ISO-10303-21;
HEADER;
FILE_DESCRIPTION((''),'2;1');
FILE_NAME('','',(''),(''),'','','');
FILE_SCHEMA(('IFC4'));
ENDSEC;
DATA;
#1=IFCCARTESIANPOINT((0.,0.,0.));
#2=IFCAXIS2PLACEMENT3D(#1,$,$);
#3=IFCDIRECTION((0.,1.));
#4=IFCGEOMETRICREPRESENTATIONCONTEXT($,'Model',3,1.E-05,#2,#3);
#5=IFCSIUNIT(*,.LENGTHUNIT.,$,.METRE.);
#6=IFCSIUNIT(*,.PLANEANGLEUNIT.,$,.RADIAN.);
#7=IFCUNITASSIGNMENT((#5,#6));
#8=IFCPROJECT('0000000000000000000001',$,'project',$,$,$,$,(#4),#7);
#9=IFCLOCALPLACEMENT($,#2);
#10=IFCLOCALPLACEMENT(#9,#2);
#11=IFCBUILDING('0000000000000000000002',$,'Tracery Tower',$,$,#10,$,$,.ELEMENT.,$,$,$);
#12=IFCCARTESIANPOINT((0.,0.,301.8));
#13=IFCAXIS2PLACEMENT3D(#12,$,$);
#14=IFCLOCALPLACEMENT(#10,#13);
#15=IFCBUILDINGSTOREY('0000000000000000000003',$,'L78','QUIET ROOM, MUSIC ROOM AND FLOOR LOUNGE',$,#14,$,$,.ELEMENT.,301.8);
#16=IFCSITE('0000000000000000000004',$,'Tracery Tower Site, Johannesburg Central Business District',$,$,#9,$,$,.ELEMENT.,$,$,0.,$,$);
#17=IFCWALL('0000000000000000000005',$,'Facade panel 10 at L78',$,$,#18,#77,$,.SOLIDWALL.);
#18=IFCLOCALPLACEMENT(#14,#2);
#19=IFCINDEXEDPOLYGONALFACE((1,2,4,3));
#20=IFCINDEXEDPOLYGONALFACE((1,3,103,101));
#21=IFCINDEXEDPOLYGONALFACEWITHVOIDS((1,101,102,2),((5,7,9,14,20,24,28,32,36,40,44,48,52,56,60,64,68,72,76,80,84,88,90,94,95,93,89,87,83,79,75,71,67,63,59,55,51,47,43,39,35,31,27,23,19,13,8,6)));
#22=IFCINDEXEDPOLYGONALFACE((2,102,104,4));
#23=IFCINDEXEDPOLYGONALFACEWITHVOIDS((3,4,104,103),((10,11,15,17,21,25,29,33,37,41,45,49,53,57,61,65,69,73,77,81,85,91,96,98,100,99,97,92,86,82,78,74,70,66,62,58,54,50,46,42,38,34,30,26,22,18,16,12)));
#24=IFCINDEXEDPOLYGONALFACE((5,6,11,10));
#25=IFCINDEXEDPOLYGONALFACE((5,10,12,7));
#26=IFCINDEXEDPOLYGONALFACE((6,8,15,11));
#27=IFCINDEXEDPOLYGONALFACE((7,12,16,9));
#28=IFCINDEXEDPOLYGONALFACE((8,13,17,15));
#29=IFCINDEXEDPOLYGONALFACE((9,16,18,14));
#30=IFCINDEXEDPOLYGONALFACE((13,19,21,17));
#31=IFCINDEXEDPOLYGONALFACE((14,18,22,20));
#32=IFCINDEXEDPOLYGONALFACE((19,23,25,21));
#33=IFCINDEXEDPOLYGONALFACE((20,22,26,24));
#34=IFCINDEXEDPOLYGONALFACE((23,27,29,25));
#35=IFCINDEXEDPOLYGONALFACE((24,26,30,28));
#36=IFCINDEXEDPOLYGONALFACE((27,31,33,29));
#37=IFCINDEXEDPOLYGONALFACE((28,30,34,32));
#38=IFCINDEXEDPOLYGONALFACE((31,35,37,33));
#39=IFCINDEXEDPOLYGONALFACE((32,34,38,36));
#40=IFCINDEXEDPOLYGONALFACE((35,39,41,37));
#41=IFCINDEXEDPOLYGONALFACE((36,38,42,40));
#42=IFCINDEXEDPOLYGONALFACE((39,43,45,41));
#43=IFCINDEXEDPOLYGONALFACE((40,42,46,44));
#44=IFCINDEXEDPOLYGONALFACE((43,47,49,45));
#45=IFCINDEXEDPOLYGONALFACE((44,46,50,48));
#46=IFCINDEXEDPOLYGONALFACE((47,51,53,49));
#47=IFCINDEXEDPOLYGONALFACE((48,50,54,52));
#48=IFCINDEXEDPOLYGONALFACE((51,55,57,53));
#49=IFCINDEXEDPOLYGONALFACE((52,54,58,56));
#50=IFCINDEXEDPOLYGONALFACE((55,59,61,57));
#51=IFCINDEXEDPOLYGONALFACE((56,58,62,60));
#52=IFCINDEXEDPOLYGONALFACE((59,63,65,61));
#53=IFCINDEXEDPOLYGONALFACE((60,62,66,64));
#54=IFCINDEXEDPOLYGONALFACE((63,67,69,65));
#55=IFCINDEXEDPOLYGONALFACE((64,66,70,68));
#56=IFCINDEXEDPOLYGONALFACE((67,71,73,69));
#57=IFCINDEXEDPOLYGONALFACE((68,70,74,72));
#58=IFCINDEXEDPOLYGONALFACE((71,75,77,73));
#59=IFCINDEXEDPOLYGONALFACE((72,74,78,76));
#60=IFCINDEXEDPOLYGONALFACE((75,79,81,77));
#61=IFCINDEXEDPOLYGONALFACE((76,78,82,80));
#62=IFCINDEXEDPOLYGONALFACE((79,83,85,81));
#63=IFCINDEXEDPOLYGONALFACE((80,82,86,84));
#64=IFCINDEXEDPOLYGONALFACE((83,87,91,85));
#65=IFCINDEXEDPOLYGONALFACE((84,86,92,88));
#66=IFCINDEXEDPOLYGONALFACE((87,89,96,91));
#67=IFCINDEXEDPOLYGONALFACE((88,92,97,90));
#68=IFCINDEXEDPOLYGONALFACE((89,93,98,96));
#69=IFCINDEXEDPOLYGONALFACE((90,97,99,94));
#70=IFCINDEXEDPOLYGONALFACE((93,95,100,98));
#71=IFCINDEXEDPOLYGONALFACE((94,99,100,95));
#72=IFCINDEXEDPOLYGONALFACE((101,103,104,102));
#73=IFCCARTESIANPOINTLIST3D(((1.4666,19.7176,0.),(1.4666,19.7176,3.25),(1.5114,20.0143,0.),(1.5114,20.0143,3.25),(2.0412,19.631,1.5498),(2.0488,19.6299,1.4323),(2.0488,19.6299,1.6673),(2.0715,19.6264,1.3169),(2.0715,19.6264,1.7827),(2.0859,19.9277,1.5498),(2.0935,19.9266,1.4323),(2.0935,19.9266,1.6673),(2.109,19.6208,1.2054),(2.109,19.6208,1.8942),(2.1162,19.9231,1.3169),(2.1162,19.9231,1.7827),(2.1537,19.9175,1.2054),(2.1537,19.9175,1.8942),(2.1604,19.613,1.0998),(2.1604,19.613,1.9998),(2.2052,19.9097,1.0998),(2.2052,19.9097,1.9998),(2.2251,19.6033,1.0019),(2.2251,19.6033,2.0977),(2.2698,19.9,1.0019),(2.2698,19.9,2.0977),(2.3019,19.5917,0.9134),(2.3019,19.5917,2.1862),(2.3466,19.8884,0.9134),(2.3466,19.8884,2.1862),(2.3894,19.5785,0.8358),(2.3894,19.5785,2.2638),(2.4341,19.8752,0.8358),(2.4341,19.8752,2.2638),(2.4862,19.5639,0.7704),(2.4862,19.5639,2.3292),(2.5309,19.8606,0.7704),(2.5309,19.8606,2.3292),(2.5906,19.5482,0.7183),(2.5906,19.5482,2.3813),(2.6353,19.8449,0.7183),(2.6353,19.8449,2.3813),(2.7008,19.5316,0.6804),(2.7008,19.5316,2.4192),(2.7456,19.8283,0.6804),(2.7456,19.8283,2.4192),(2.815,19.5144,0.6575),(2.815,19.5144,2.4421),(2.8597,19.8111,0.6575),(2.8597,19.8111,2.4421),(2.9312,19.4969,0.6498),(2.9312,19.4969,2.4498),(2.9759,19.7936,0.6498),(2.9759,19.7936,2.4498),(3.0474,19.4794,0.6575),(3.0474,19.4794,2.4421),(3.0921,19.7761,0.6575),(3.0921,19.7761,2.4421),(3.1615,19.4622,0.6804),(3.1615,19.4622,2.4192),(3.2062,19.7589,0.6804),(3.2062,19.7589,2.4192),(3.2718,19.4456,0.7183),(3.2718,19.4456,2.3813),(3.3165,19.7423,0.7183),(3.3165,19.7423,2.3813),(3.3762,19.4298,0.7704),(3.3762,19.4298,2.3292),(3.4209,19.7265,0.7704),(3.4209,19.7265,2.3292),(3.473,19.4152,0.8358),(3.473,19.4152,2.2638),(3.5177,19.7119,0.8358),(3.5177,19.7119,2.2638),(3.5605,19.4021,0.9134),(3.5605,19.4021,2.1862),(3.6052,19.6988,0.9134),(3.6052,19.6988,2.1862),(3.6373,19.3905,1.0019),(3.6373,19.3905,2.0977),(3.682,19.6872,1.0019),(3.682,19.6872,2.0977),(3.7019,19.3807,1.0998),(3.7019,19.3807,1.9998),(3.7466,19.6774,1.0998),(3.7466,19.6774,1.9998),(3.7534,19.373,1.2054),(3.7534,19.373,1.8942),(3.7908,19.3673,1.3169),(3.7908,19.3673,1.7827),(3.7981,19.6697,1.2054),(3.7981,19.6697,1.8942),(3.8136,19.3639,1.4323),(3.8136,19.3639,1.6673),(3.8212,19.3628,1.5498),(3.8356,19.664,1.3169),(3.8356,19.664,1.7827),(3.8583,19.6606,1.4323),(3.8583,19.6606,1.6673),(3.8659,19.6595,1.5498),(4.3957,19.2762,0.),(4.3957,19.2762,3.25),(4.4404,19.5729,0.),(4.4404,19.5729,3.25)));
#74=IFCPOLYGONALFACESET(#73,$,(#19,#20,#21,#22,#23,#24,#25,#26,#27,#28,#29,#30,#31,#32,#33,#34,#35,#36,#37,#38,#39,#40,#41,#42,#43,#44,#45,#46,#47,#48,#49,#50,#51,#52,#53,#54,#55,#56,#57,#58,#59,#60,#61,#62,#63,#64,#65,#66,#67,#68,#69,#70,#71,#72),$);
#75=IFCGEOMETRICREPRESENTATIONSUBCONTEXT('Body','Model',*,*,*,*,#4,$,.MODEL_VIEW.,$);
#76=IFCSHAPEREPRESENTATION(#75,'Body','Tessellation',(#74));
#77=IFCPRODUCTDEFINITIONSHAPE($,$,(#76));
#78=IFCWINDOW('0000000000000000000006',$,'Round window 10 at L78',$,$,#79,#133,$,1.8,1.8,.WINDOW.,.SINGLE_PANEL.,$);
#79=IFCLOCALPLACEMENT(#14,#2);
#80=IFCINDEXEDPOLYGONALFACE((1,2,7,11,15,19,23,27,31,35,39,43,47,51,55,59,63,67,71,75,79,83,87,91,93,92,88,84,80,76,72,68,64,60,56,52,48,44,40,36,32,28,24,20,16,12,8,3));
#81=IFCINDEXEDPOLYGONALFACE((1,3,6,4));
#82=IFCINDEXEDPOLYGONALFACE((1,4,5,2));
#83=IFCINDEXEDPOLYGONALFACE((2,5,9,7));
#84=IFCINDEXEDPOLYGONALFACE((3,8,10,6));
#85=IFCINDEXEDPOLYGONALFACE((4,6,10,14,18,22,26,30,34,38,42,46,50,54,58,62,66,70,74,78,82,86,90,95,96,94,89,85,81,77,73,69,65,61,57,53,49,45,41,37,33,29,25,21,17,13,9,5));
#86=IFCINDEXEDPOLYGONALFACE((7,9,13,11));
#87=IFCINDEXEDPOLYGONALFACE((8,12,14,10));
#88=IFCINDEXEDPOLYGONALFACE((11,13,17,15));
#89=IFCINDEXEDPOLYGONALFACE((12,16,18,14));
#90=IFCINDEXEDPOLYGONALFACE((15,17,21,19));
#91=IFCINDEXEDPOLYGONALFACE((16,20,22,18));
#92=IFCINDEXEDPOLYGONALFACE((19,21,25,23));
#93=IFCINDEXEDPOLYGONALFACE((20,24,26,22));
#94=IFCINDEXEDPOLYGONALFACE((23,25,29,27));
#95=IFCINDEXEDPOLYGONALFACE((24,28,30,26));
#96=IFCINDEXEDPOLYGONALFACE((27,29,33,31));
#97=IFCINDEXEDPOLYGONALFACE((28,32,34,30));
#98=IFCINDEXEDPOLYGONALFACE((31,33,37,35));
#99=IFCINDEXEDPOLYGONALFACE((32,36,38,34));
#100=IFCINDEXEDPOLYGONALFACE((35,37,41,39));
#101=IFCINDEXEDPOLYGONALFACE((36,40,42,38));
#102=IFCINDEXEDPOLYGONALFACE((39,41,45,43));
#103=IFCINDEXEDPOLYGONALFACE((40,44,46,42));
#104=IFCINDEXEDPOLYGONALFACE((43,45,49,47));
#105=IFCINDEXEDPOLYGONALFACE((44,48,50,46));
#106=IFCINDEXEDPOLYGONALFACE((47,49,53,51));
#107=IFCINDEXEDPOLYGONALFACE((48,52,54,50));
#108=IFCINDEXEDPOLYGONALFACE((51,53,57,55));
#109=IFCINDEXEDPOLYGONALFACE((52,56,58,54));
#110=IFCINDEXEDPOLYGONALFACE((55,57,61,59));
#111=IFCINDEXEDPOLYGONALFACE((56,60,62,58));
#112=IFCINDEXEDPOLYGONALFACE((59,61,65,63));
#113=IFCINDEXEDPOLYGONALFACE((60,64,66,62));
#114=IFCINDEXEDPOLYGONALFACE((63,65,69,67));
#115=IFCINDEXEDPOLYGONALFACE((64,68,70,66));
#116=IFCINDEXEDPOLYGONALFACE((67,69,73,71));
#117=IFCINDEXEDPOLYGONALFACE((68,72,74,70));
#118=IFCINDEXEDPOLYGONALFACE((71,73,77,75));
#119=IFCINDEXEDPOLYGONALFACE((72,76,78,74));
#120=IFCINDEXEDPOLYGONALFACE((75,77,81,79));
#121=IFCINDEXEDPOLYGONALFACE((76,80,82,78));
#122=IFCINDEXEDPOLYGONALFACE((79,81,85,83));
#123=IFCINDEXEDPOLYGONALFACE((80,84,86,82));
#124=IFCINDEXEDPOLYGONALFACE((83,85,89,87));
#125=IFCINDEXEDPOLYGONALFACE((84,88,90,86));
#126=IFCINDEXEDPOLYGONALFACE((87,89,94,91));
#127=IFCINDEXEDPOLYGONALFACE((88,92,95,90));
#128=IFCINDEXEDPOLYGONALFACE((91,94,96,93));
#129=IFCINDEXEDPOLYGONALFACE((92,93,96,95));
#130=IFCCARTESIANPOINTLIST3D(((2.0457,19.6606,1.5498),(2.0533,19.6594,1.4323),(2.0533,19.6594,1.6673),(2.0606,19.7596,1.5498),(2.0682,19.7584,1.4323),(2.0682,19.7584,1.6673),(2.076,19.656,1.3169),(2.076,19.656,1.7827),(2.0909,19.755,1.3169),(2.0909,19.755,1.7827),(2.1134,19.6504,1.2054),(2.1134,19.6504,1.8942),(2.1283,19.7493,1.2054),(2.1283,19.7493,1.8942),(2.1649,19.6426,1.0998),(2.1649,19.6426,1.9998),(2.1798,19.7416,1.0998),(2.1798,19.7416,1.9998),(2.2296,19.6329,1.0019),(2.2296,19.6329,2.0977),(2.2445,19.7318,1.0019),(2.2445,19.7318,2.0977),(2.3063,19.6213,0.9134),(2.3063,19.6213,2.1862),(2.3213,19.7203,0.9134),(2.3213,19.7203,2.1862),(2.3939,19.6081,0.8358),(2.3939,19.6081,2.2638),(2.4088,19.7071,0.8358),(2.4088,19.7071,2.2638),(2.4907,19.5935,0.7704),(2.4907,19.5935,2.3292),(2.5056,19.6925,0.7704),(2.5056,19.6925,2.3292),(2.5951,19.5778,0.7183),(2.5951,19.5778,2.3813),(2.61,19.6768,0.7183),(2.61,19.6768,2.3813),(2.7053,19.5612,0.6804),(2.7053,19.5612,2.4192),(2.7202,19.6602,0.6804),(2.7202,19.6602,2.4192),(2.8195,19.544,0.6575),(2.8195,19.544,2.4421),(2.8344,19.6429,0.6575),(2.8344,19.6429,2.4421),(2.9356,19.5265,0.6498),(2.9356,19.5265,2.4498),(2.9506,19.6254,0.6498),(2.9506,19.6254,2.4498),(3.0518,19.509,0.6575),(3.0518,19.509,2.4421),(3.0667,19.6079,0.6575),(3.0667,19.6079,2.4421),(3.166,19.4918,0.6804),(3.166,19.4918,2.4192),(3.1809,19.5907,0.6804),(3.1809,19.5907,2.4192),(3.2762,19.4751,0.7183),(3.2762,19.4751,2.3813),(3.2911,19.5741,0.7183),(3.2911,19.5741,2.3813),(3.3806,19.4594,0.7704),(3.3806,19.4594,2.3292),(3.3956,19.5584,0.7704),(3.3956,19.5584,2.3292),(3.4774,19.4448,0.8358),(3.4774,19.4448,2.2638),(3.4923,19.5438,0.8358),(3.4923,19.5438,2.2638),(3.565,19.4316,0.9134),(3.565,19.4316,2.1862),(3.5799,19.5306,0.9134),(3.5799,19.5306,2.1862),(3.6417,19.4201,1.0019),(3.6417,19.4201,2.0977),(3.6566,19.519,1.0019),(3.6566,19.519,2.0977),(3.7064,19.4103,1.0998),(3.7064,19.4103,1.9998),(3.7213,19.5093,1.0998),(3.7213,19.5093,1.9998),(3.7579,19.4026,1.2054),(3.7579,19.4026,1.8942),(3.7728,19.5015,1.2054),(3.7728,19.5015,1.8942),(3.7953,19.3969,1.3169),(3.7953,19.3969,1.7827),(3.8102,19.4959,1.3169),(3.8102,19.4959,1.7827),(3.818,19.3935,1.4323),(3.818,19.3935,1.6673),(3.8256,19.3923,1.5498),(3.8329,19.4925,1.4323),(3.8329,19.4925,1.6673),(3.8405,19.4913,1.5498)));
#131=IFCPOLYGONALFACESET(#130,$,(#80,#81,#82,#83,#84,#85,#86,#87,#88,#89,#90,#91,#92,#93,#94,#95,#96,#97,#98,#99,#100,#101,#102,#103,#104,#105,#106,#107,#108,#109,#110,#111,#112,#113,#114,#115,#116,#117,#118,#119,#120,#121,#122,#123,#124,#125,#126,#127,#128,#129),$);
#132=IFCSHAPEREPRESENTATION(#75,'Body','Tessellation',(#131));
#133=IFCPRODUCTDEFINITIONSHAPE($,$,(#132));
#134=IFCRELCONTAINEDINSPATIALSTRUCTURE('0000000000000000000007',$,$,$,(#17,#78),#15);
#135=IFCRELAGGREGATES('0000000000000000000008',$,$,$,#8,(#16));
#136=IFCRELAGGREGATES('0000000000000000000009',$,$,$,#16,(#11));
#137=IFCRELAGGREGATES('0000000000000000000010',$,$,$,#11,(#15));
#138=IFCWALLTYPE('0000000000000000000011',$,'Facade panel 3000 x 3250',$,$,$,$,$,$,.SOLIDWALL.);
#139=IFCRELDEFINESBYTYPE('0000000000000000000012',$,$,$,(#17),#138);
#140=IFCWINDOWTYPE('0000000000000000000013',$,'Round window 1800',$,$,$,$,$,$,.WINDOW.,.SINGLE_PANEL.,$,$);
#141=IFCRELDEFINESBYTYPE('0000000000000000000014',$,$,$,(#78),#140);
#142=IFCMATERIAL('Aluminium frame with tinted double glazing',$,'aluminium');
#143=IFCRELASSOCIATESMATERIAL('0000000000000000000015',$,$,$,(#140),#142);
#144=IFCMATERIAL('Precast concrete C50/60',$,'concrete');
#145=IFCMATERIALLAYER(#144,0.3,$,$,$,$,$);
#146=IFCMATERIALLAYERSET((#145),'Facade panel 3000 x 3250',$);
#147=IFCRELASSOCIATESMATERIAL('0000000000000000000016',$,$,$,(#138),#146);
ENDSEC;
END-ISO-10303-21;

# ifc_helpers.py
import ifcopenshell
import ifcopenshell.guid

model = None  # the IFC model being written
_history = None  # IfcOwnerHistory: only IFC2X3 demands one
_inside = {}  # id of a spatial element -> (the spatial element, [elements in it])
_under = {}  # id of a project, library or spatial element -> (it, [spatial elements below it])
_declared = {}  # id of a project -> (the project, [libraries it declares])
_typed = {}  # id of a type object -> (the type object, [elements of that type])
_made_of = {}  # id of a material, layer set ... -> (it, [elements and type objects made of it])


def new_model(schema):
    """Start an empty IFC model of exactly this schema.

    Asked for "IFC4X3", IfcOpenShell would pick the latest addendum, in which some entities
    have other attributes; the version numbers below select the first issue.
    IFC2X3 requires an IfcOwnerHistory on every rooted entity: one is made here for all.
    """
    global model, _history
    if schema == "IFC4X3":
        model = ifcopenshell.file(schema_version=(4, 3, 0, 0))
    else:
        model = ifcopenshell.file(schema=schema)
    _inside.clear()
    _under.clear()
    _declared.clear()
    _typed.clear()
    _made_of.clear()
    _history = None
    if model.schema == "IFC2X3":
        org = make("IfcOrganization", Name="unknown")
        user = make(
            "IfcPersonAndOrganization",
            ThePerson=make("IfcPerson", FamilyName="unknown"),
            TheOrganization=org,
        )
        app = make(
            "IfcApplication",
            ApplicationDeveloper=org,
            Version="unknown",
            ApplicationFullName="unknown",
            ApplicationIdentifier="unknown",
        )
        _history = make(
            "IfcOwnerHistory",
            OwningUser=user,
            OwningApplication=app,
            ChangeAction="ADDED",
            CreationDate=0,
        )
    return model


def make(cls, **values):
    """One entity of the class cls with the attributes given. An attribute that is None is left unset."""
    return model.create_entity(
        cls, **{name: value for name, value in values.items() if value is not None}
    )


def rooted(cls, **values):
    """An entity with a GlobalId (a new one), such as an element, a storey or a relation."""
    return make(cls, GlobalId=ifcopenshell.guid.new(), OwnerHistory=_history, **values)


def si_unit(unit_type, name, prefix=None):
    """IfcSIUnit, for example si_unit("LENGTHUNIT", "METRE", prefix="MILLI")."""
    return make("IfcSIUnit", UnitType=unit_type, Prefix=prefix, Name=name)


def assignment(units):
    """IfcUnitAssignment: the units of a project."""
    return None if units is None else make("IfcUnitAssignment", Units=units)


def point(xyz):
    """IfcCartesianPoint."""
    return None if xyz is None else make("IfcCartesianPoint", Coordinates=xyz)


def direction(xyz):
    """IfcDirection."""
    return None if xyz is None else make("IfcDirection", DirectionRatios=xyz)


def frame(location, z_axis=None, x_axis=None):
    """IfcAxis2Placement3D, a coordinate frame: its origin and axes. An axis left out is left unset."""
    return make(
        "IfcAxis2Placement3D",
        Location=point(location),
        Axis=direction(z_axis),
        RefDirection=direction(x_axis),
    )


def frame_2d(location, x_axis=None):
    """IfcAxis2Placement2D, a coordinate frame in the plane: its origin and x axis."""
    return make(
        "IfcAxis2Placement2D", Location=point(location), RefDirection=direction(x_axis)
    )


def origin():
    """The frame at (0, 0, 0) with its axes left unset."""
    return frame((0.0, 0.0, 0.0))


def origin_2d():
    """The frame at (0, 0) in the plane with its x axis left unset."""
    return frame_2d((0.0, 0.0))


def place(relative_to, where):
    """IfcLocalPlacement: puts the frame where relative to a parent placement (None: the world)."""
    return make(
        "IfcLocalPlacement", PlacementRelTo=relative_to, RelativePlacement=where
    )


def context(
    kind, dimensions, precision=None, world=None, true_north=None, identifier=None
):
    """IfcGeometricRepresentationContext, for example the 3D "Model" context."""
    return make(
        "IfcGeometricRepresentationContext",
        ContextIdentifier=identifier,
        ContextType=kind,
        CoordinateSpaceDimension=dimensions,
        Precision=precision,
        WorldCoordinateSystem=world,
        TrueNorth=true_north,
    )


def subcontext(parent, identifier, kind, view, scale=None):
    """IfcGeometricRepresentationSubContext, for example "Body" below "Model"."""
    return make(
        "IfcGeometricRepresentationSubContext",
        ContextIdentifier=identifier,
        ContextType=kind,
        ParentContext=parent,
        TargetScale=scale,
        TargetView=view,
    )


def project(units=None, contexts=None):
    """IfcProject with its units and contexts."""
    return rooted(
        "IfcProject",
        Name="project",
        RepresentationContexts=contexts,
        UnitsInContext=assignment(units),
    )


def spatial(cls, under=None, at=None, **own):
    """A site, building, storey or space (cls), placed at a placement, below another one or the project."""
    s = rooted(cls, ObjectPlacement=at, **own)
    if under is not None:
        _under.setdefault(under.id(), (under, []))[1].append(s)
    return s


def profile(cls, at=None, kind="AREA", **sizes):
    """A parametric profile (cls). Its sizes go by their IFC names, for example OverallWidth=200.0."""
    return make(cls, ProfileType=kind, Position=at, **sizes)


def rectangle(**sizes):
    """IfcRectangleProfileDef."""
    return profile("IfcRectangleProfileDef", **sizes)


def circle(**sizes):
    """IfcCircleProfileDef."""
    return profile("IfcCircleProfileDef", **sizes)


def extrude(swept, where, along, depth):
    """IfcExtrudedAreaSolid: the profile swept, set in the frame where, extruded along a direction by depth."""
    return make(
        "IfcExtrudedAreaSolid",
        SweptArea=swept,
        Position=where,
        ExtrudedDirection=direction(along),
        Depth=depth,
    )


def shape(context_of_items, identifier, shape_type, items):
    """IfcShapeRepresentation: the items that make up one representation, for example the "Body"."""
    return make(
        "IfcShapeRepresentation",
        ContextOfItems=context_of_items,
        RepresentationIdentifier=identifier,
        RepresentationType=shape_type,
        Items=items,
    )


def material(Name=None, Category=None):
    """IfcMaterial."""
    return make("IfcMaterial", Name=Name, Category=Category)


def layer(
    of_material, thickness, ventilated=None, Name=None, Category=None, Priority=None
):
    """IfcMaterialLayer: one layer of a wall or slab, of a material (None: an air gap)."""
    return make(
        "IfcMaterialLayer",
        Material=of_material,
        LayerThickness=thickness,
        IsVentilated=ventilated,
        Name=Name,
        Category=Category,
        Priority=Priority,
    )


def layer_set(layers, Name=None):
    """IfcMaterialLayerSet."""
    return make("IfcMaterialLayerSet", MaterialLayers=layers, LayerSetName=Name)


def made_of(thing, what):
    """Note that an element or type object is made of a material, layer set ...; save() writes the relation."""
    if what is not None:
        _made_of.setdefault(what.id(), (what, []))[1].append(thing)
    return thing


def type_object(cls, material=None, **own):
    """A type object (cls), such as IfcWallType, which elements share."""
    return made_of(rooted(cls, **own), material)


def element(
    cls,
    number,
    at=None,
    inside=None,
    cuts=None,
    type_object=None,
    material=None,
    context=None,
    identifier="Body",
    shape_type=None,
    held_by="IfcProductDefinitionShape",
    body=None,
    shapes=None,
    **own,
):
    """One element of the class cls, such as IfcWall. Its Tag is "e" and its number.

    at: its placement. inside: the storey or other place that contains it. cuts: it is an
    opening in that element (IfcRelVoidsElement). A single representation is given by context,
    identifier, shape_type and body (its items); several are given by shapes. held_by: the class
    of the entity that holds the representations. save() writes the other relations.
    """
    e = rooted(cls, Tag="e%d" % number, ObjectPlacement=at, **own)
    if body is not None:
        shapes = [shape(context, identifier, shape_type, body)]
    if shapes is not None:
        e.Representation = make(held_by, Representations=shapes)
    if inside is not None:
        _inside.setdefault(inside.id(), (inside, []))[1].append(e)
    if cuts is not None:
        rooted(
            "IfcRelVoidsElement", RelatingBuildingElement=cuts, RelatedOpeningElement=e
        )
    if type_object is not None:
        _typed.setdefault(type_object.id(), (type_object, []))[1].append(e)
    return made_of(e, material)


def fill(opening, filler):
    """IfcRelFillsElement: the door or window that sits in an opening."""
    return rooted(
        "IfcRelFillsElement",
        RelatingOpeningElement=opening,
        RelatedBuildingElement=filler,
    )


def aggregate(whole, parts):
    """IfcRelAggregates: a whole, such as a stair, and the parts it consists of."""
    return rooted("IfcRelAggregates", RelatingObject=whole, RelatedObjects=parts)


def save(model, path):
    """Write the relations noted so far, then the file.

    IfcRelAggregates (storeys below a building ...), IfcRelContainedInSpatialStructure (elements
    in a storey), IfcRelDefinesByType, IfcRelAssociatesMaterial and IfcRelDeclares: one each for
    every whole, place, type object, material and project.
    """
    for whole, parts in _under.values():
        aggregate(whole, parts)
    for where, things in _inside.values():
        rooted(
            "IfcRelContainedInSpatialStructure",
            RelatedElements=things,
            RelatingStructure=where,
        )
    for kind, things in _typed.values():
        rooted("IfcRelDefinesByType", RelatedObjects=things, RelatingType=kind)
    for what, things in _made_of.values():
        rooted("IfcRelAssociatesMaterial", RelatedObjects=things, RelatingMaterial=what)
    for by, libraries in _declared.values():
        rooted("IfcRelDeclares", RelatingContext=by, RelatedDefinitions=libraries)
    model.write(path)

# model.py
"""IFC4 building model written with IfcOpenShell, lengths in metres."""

from ifc_helpers import new_model, si_unit, direction, frame, frame_2d, origin, origin_2d, place, context, subcontext, project, spatial, rectangle, circle, extrude, material, layer, layer_set, type_object, element, fill, save


model = new_model("IFC4")

# Units and contexts
model_context = context("Model", 3, precision=1e-05, world=origin(), true_north=direction((0.0, 1.0)))
body_context = subcontext(model_context, "Body", "Model", "MODEL_VIEW")
ifc_project = project(units=[si_unit("LENGTHUNIT", "METRE"), si_unit("PLANEANGLEUNIT", "RADIAN")], contexts=[model_context])

# Site, building, storey
site_placement = place(None, origin())
site = spatial("IfcSite", under=ifc_project, at=site_placement, Name="Tracery Tower Site, Johannesburg Central Business District", CompositionType="ELEMENT", RefElevation=0.0)
building_placement = place(site_placement, origin())
building = spatial("IfcBuilding", under=site, at=building_placement, Name="Tracery Tower", CompositionType="ELEMENT")
storey_placement = place(building_placement, frame((0.0, 0.0, 301.8)))
storey = spatial("IfcBuildingStorey", under=building, at=storey_placement, Name="L78", Description="QUIET ROOM, MUSIC ROOM AND FLOOR LOUNGE", CompositionType="ELEMENT", Elevation=301.8)

# Wall, opening, window
ifc_material_1 = material(Name="Aluminium frame with tinted double glazing", Category="aluminium")
window_type = type_object("IfcWindowType", Name="Round window 1800", PartitioningType="SINGLE_PANEL", PredefinedType="WINDOW", material=ifc_material_1)
ifc_material_2 = material(Name="Precast concrete C50/60", Category="concrete")
ifc_layer_1 = layer(ifc_material_2, 0.3)
ifc_layer_set_1 = layer_set([ifc_layer_1], Name="Facade panel 3000 x 3250")
wall_type_1 = type_object("IfcWallType", Name="Facade panel 3000 x 3250", PredefinedType="SOLIDWALL", material=ifc_layer_set_1)
wall_1_placement = place(storey_placement, frame((4.418, 19.4246, 0.0), z_axis=(0.0, 0.0, 1.0), x_axis=(-0.988836, 0.149009, 0.0)))
wall_1 = element("IfcWall", 1, at=wall_1_placement, inside=storey, type_object=wall_type_1, Name="Facade panel 10 at L78", PredefinedType="SOLIDWALL", context=body_context, shape_type="SweptSolid", body=[
    extrude(rectangle(XDim=2.9622, YDim=0.3, at=frame_2d((1.481, 0.0))), origin(), (0.0, 0.0, 1.0), 3.25),
])
opening_1_placement = place(wall_1_placement, frame((1.481, 0.0, 1.5498)))
opening_1 = element("IfcOpeningElement", 2, at=opening_1_placement, cuts=wall_1, PredefinedType="OPENING", context=body_context, shape_type="SweptSolid", body=[
    extrude(circle(Radius=0.9, at=origin_2d()), frame((0.0, 0.1599, 0.0), z_axis=(0.0, -1.0, 0.0), x_axis=(1.0, 0.0, 0.0)), (0.0, 0.0, 1.0), 0.3201),
])
window_1_placement = place(opening_1_placement, origin())
window_1 = element("IfcWindow", 3, at=window_1_placement, inside=storey, type_object=window_type, Name="Round window 10 at L78", OverallHeight=1.8, OverallWidth=1.8, PartitioningType="SINGLE_PANEL", PredefinedType="WINDOW", context=body_context, shape_type="SweptSolid", body=[
    extrude(circle(Radius=0.9, at=origin_2d()), frame((0.0, 0.1201, 0.0), z_axis=(0.0, -1.0, 0.0), x_axis=(1.0, 0.0, 0.0)), (0.0, 0.0, 1.0), 0.1001),
])
fill(opening_1, window_1)

save(model, "model.ifc")
